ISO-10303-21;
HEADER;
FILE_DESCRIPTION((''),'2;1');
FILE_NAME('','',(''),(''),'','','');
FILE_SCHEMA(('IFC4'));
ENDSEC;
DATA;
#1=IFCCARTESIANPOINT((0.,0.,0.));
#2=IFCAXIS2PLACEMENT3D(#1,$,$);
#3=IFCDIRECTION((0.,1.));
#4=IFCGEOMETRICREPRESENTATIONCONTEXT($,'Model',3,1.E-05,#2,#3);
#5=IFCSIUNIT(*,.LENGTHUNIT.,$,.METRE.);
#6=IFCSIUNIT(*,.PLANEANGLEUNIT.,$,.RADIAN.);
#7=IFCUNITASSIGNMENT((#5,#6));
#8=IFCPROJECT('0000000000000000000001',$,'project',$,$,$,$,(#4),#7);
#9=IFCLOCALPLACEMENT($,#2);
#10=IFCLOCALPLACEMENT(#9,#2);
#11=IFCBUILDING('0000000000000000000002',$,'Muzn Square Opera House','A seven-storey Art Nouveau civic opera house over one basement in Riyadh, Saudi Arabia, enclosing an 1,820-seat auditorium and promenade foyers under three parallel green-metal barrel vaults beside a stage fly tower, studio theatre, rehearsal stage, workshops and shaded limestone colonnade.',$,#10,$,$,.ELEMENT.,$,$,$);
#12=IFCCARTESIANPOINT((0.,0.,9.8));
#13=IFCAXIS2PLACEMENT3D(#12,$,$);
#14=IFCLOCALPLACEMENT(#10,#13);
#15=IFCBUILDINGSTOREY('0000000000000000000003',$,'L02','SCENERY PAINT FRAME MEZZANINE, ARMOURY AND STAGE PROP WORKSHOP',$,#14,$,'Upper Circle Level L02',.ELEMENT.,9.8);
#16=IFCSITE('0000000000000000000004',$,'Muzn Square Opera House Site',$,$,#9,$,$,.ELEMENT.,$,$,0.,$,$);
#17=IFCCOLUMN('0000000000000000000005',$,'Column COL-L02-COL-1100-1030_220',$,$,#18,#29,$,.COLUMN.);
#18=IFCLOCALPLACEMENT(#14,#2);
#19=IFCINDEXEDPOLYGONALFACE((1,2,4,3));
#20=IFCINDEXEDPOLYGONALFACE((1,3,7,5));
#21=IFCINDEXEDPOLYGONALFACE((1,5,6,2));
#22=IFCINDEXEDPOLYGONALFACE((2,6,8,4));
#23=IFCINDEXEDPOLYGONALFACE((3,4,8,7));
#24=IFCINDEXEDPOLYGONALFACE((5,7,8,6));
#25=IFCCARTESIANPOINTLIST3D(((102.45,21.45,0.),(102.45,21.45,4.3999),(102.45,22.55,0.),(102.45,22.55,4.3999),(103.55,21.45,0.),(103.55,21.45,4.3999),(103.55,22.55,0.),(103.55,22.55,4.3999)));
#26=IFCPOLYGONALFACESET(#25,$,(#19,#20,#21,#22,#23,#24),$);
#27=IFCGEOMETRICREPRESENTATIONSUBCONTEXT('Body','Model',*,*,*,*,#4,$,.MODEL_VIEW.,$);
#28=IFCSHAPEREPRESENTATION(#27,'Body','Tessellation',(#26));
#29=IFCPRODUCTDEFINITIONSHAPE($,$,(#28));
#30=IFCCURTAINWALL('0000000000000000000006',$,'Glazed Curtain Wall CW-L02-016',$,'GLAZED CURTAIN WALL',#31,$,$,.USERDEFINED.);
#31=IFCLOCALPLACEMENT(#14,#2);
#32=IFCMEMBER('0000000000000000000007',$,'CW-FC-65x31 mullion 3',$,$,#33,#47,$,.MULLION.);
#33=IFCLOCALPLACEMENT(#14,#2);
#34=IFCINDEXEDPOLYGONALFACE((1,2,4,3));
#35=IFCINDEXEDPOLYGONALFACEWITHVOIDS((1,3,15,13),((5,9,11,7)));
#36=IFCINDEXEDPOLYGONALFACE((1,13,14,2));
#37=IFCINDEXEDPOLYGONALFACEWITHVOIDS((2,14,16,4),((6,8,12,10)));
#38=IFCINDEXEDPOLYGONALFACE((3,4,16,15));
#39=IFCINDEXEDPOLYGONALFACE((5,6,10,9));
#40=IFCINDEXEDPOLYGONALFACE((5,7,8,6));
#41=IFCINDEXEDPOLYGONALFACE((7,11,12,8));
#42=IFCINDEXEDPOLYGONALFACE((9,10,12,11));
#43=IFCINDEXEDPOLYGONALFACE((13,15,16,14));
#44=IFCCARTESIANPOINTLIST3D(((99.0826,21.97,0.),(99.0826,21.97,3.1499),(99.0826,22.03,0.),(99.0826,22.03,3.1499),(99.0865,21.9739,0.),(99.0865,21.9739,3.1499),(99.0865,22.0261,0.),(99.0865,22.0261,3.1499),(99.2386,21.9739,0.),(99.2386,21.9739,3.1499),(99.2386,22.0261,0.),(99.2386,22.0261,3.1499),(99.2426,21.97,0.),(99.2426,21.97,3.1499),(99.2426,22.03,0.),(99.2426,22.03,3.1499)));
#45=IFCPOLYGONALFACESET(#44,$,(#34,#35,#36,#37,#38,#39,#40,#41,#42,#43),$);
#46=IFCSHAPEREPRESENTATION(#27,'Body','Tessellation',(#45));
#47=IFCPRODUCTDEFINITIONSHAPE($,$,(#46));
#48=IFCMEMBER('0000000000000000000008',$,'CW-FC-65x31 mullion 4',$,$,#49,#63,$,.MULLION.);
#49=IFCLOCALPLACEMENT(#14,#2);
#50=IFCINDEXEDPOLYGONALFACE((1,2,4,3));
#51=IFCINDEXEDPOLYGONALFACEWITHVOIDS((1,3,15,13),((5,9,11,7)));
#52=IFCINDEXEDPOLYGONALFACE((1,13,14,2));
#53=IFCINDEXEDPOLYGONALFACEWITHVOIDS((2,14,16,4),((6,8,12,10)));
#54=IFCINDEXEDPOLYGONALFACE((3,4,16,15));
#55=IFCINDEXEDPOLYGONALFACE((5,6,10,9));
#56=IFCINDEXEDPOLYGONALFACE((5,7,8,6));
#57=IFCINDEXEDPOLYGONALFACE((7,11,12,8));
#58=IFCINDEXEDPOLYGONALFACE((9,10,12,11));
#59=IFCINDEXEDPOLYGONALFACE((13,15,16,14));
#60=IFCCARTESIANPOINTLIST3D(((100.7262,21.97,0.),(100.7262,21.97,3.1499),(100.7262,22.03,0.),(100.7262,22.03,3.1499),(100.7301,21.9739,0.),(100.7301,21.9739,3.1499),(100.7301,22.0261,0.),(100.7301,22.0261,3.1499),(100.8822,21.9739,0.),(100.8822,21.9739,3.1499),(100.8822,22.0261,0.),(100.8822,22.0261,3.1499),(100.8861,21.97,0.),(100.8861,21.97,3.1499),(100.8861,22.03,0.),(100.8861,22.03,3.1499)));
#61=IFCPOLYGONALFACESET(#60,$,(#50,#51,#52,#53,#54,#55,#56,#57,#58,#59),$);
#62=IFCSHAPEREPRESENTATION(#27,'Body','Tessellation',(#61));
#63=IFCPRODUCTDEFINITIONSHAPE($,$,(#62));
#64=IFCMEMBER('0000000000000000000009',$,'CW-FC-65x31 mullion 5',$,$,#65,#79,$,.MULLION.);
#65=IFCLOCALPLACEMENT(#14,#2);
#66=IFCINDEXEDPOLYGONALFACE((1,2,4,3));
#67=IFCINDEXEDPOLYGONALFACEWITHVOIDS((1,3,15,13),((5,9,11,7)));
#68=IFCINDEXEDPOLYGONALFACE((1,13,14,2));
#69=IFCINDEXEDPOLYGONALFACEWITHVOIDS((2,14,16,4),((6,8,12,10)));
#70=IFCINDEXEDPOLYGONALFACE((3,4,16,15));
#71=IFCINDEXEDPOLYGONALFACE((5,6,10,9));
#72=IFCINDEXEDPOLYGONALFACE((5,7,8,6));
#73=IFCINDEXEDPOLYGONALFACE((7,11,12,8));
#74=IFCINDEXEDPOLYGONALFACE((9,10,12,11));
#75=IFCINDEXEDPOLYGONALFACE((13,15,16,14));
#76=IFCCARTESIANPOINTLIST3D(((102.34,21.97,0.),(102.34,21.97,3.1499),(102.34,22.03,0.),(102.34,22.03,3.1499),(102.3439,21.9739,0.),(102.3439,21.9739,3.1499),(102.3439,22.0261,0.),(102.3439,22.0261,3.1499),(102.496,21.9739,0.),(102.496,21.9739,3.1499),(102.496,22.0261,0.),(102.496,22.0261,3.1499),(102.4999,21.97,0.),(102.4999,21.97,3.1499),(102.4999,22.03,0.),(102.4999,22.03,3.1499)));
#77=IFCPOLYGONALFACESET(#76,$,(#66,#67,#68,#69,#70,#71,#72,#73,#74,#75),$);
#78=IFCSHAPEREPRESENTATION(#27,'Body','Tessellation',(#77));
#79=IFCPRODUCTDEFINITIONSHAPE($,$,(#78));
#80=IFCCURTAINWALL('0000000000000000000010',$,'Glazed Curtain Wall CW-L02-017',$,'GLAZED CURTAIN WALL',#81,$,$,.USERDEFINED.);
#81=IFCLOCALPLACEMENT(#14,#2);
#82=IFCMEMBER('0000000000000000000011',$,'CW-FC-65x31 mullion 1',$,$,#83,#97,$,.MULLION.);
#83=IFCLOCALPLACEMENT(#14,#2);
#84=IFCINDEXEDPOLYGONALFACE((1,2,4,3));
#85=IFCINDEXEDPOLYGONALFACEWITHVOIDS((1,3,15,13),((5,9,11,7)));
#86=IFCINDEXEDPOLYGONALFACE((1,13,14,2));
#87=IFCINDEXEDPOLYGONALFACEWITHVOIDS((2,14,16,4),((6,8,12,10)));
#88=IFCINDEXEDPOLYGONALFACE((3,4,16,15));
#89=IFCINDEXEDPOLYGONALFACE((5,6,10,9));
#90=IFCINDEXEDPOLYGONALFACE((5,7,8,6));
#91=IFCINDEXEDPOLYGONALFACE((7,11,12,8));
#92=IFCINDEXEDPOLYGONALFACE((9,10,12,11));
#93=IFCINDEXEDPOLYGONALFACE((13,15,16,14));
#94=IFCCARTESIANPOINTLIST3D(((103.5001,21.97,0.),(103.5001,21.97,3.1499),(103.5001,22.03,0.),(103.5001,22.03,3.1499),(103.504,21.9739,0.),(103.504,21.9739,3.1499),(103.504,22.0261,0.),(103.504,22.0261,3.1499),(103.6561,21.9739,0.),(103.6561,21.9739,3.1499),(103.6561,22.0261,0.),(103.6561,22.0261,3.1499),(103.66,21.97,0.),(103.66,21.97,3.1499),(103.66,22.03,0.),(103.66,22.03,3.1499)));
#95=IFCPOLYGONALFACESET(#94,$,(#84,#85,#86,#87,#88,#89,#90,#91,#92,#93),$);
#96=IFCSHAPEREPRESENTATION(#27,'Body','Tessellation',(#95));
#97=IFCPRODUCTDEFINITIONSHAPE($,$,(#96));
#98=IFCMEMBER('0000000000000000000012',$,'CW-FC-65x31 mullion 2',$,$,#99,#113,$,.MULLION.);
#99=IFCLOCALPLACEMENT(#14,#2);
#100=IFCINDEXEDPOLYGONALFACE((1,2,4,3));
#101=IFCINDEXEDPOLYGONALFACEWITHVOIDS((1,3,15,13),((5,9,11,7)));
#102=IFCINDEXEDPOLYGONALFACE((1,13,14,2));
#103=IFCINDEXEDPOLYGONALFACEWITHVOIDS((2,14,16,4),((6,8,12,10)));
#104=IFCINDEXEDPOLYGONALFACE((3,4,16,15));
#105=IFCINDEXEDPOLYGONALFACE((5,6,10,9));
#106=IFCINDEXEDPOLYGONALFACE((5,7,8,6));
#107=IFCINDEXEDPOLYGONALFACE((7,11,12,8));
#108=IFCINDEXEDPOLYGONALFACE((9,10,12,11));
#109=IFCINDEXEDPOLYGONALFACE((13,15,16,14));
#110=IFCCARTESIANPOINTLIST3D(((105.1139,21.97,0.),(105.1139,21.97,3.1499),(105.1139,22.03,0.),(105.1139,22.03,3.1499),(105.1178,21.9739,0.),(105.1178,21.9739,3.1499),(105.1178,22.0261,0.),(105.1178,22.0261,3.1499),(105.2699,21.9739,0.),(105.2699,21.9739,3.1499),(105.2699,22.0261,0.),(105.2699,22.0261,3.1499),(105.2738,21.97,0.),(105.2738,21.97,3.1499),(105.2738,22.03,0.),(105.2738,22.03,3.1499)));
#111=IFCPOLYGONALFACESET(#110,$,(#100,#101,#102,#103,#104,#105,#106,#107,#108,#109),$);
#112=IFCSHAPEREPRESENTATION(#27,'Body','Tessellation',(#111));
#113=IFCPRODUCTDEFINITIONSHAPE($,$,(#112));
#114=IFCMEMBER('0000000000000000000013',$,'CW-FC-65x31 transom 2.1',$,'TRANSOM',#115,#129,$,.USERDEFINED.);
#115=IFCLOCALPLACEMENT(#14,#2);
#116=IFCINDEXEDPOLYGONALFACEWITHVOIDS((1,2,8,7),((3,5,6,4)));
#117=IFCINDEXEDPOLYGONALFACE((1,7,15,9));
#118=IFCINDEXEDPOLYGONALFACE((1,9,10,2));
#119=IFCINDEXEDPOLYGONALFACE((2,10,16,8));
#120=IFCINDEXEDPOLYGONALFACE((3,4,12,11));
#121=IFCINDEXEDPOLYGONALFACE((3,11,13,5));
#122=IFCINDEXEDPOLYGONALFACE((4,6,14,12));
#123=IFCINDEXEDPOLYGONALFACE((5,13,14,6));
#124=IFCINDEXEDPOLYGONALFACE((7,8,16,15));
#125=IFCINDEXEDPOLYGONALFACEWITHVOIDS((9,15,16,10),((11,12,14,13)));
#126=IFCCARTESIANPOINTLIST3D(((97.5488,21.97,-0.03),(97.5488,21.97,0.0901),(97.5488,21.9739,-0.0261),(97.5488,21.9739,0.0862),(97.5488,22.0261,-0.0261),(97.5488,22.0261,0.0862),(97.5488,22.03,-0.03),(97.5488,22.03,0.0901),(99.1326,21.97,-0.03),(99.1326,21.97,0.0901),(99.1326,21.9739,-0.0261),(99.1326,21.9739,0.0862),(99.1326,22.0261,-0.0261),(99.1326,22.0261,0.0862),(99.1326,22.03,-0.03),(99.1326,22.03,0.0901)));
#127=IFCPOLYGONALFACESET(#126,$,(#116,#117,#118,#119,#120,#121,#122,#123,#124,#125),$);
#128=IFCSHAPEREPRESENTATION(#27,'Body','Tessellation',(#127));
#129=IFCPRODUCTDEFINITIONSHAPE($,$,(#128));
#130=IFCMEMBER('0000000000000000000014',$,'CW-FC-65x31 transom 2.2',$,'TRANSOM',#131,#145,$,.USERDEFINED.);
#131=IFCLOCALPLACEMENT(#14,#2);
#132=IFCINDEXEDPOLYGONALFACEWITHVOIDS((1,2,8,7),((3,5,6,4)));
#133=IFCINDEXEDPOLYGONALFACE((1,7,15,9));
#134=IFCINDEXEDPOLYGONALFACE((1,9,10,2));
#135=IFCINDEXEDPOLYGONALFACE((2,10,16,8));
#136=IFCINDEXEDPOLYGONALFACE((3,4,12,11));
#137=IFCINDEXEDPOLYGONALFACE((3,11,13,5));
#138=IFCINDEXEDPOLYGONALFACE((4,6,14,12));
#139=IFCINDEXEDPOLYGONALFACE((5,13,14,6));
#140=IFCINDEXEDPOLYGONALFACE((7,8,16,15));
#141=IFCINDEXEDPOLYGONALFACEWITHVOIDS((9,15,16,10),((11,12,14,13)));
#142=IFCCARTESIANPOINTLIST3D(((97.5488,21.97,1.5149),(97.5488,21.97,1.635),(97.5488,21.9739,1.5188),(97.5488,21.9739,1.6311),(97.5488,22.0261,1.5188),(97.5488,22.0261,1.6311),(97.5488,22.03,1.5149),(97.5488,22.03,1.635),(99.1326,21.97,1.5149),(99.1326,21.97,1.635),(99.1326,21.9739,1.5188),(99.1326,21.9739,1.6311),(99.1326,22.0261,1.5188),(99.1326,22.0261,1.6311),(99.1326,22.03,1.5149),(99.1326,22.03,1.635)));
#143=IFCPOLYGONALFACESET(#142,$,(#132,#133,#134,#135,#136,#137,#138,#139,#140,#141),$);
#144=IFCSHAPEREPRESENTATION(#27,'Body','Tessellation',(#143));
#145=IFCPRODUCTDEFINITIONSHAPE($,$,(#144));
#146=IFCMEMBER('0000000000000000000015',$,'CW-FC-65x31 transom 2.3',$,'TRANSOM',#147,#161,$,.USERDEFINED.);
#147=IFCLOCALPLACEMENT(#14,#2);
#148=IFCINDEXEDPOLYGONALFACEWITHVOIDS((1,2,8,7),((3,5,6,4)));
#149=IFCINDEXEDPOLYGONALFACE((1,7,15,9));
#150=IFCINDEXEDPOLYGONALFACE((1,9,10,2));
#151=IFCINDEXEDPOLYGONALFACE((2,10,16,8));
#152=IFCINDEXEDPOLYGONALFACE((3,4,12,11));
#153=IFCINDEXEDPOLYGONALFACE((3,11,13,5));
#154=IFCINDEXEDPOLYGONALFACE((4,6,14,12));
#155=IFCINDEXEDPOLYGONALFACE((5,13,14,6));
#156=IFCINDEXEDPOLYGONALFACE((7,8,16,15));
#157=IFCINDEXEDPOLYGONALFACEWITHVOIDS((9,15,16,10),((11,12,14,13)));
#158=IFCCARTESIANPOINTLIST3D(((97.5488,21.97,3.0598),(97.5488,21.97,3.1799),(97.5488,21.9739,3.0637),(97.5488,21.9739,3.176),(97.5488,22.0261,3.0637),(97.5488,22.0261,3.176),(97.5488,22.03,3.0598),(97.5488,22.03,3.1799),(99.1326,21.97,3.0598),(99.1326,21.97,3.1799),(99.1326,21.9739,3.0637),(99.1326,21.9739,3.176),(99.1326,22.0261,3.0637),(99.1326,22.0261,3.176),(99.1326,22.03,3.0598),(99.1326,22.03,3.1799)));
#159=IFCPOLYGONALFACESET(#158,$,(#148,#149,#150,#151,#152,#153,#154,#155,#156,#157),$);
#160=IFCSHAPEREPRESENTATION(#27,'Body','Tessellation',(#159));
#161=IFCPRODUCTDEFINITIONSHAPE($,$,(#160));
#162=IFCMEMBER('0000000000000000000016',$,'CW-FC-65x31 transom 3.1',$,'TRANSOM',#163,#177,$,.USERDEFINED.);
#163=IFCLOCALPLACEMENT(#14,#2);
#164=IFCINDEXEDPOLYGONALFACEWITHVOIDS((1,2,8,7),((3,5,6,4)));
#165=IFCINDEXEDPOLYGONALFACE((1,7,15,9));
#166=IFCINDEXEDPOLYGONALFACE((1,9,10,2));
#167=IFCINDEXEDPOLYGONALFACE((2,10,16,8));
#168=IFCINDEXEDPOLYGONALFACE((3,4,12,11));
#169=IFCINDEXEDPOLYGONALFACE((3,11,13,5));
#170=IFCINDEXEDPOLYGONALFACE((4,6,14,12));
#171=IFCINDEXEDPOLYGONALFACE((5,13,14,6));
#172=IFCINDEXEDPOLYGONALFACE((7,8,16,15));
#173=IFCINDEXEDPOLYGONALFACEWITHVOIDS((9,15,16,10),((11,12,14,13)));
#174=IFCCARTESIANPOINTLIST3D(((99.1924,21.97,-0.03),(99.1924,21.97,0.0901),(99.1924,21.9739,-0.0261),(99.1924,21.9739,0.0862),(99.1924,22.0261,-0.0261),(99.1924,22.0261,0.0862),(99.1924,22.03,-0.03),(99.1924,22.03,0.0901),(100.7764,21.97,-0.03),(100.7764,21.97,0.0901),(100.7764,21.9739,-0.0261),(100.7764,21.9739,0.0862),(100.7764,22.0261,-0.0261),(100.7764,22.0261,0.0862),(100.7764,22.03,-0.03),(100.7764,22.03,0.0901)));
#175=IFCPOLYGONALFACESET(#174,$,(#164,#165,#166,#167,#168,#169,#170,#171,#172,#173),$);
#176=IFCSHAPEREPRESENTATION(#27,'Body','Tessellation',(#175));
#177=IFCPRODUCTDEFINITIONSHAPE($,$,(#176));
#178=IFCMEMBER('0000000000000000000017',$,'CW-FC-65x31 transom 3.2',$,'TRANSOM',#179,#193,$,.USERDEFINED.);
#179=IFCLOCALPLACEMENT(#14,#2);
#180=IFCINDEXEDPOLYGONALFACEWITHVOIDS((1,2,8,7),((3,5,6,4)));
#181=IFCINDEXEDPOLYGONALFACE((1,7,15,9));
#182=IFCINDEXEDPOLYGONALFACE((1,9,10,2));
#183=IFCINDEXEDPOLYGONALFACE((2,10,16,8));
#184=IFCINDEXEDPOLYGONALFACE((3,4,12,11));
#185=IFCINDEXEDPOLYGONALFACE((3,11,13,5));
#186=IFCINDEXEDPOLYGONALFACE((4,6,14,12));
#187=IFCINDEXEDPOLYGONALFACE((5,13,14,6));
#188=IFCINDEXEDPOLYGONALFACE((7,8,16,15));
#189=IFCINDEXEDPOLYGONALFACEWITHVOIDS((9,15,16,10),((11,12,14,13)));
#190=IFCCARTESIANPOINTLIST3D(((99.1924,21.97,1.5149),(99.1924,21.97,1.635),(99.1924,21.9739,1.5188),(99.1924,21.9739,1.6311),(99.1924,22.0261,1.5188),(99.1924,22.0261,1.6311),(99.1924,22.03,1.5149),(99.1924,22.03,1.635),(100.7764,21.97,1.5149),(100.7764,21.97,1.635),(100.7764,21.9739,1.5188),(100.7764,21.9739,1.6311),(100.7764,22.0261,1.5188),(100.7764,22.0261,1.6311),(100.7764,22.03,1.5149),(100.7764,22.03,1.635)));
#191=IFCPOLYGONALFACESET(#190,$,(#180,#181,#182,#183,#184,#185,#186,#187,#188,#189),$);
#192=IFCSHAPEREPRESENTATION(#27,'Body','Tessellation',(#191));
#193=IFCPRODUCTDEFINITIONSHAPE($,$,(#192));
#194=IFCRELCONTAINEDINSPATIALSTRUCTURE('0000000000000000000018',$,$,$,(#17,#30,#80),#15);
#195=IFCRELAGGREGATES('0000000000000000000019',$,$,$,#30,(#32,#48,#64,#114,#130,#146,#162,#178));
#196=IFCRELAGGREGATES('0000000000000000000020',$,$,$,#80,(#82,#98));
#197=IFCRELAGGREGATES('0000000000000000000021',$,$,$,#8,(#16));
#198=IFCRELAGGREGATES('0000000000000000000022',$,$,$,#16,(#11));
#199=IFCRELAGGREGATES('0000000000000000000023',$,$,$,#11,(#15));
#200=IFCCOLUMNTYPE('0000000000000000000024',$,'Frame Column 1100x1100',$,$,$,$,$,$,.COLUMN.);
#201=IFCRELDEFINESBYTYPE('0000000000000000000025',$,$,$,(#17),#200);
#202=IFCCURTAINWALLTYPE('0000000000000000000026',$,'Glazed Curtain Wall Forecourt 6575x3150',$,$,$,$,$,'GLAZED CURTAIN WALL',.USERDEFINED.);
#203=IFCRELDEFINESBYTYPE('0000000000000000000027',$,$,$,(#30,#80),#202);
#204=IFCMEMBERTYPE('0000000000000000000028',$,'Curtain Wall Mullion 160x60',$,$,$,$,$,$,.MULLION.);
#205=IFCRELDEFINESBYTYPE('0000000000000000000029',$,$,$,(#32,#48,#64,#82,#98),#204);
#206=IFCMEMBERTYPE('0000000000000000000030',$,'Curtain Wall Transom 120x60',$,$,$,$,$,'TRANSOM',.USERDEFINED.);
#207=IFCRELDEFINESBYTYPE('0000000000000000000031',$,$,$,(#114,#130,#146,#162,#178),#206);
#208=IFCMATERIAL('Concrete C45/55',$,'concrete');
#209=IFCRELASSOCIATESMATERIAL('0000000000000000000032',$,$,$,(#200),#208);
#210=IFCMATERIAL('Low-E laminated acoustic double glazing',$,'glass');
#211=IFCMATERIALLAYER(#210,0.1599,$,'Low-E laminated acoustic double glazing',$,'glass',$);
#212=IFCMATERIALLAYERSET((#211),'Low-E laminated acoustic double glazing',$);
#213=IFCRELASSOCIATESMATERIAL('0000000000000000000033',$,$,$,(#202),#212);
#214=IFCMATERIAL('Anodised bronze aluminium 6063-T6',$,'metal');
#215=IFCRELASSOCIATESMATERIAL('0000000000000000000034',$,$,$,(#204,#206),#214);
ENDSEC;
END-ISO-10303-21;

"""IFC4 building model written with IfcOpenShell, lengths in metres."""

from ifc_helpers import new_model, si_unit, direction, frame, origin, origin_2d, place, context, subcontext, project, spatial, rectangle, hollow_rectangle, extrude, material, layer, layer_set, material_profile, profile_set, type_object, element, aggregate, save


model = new_model("IFC4")

# Units and contexts
model_context = context("Model", 3, precision=1e-05, world=origin(), true_north=direction((0.0, 1.0)))
body_context = subcontext(model_context, "Body", "Model", "MODEL_VIEW")
ifc_project = project(units=[si_unit("LENGTHUNIT", "METRE"), si_unit("PLANEANGLEUNIT", "RADIAN")], contexts=[model_context])

# Site, building, storey
site_placement = place(None, origin())
site = spatial("IfcSite", under=ifc_project, at=site_placement, Name="Muzn Square Opera House Site", CompositionType="ELEMENT", RefElevation=0.0)
building_placement = place(site_placement, origin())
building = spatial("IfcBuilding", under=site, at=building_placement, Name="Muzn Square Opera House", Description="A seven-storey Art Nouveau civic opera house over one basement in Riyadh, Saudi Arabia, enclosing an 1,820-seat auditorium and promenade foyers under three parallel green-metal barrel vaults beside a stage fly tower, studio theatre, rehearsal stage, workshops and shaded limestone colonnade.", CompositionType="ELEMENT")
storey_placement = place(building_placement, frame((0.0, 0.0, 9.8)))
storey = spatial("IfcBuildingStorey", under=building, at=storey_placement, Name="L02", Description="SCENERY PAINT FRAME MEZZANINE, ARMOURY AND STAGE PROP WORKSHOP", LongName="Upper Circle Level L02", CompositionType="ELEMENT", Elevation=9.8)

# Column
ifc_material_1 = material(Name="Concrete C45/55", Category="concrete")
ifc_material_profile_1 = material_profile(ifc_material_1, rectangle(XDim=1.1001, YDim=1.1001, at=origin_2d()), Name="RC 1100x1100", Category="concrete")
ifc_profile_set_1 = profile_set([ifc_material_profile_1], Name="Concrete C45/55")
column_type = type_object("IfcColumnType", Name="Frame Column 1100x1100", PredefinedType="COLUMN", material=ifc_profile_set_1)
column_placement = place(storey_placement, frame((103.0, 22.0, 0.0), z_axis=(0.0, 0.0, 1.0), x_axis=(1.0, 0.0, 0.0)))
element("IfcColumn", 1, at=column_placement, inside=storey, type_object=column_type, Name="Column COL-L02-COL-1100-1030_220", PredefinedType="COLUMN", context=body_context, shape_type="SweptSolid", body=[
    extrude(rectangle(XDim=1.1001, YDim=1.1001, at=origin_2d()), origin(), (0.0, 0.0, 1.0), 4.3999),
])

# Curtain walls, members
ifc_material_2 = material(Name="Low-E laminated acoustic double glazing", Category="glass")
ifc_layer_1 = layer(ifc_material_2, 0.1599, Name="Low-E laminated acoustic double glazing", Category="glass")
ifc_layer_set_1 = layer_set([ifc_layer_1], Name="Low-E laminated acoustic double glazing")
curtain_wall_type = type_object("IfcCurtainWallType", Name="Glazed Curtain Wall Forecourt 6575x3150", ElementType="GLAZED CURTAIN WALL", PredefinedType="USERDEFINED", material=ifc_layer_set_1)
curtain_wall_1_placement = place(storey_placement, origin())
curtain_wall_1 = element("IfcCurtainWall", 2, at=curtain_wall_1_placement, inside=storey, type_object=curtain_wall_type, Name="Glazed Curtain Wall CW-L02-016", ObjectType="GLAZED CURTAIN WALL", PredefinedType="USERDEFINED")
ifc_material_3 = material(Name="Anodised bronze aluminium 6063-T6", Category="metal")
ifc_material_profile_2 = material_profile(ifc_material_3, hollow_rectangle(XDim=0.0601, YDim=0.1599, WallThickness=0.0039, at=origin_2d()), Name="ALU 160x60x4", Category="metal")
ifc_profile_set_2 = profile_set([ifc_material_profile_2], Name="Anodised bronze aluminium 6063-T6")
member_type_1 = type_object("IfcMemberType", Name="Curtain Wall Mullion 160x60", PredefinedType="MULLION", material=ifc_profile_set_2)
member_1_placement = place(storey_placement, frame((99.1626, 22.0, 0.0), z_axis=(0.0, 0.0, 1.0), x_axis=(0.0, 1.0, 0.0)))
member_1 = element("IfcMember", 3, at=member_1_placement, type_object=member_type_1, Name="CW-FC-65x31 mullion 3", PredefinedType="MULLION", context=body_context, shape_type="SweptSolid", body=[
    extrude(hollow_rectangle(XDim=0.0601, YDim=0.1599, WallThickness=0.0039, at=origin_2d()), origin(), (0.0, 0.0, 1.0), 3.1499),
])
member_2_placement = place(storey_placement, frame((100.8062, 22.0, 0.0), z_axis=(0.0, 0.0, 1.0), x_axis=(0.0, 1.0, 0.0)))
member_2 = element("IfcMember", 4, at=member_2_placement, type_object=member_type_1, Name="CW-FC-65x31 mullion 4", PredefinedType="MULLION", context=body_context, shape_type="SweptSolid", body=[
    extrude(hollow_rectangle(XDim=0.0601, YDim=0.1599, WallThickness=0.0039, at=origin_2d()), origin(), (0.0, 0.0, 1.0), 3.1499),
])
member_3_placement = place(storey_placement, frame((102.4199, 22.0, 0.0), z_axis=(0.0, 0.0, 1.0), x_axis=(0.0, 1.0, 0.0)))
member_3 = element("IfcMember", 5, at=member_3_placement, type_object=member_type_1, Name="CW-FC-65x31 mullion 5", PredefinedType="MULLION", context=body_context, shape_type="SweptSolid", body=[
    extrude(hollow_rectangle(XDim=0.0601, YDim=0.1599, WallThickness=0.0039, at=origin_2d()), origin(), (0.0, 0.0, 1.0), 3.1499),
])
curtain_wall_2_placement = place(storey_placement, origin())
curtain_wall_2 = element("IfcCurtainWall", 6, at=curtain_wall_2_placement, inside=storey, type_object=curtain_wall_type, Name="Glazed Curtain Wall CW-L02-017", ObjectType="GLAZED CURTAIN WALL", PredefinedType="USERDEFINED")
member_4_placement = place(storey_placement, frame((103.5801, 22.0, 0.0), z_axis=(0.0, 0.0, 1.0), x_axis=(0.0, 1.0, 0.0)))
member_4 = element("IfcMember", 7, at=member_4_placement, type_object=member_type_1, Name="CW-FC-65x31 mullion 1", PredefinedType="MULLION", context=body_context, shape_type="SweptSolid", body=[
    extrude(hollow_rectangle(XDim=0.0601, YDim=0.1599, WallThickness=0.0039, at=origin_2d()), origin(), (0.0, 0.0, 1.0), 3.1499),
])
member_5_placement = place(storey_placement, frame((105.1938, 22.0, 0.0), z_axis=(0.0, 0.0, 1.0), x_axis=(0.0, 1.0, 0.0)))
member_5 = element("IfcMember", 8, at=member_5_placement, type_object=member_type_1, Name="CW-FC-65x31 mullion 2", PredefinedType="MULLION", context=body_context, shape_type="SweptSolid", body=[
    extrude(hollow_rectangle(XDim=0.0601, YDim=0.1599, WallThickness=0.0039, at=origin_2d()), origin(), (0.0, 0.0, 1.0), 3.1499),
])

# Members
ifc_material_profile_3 = material_profile(ifc_material_3, hollow_rectangle(XDim=0.0601, YDim=0.1201, WallThickness=0.0039, at=origin_2d()), Name="ALU 120x60x4", Category="metal")
ifc_profile_set_3 = profile_set([ifc_material_profile_3], Name="Anodised bronze aluminium 6063-T6")
member_type_2 = type_object("IfcMemberType", Name="Curtain Wall Transom 120x60", ElementType="TRANSOM", PredefinedType="USERDEFINED", material=ifc_profile_set_3)
member_6_placement = place(storey_placement, frame((97.5488, 22.0, 0.03), z_axis=(1.0, 0.0, 0.0), x_axis=(0.0, 1.0, 0.0)))
member_6 = element("IfcMember", 9, at=member_6_placement, type_object=member_type_2, Name="CW-FC-65x31 transom 2.1", ObjectType="TRANSOM", PredefinedType="USERDEFINED", context=body_context, shape_type="SweptSolid", body=[
    extrude(hollow_rectangle(XDim=0.0601, YDim=0.1201, WallThickness=0.0039, at=origin_2d()), origin(), (0.0, 0.0, 1.0), 1.5837),
])
member_7_placement = place(storey_placement, frame((97.5488, 22.0, 1.575), z_axis=(1.0, 0.0, 0.0), x_axis=(0.0, 1.0, 0.0)))
member_7 = element("IfcMember", 10, at=member_7_placement, type_object=member_type_2, Name="CW-FC-65x31 transom 2.2", ObjectType="TRANSOM", PredefinedType="USERDEFINED", context=body_context, shape_type="SweptSolid", body=[
    extrude(hollow_rectangle(XDim=0.0601, YDim=0.1201, WallThickness=0.0039, at=origin_2d()), origin(), (0.0, 0.0, 1.0), 1.5837),
])
member_8_placement = place(storey_placement, frame((97.5488, 22.0, 3.1199), z_axis=(1.0, 0.0, 0.0), x_axis=(0.0, 1.0, 0.0)))
member_8 = element("IfcMember", 11, at=member_8_placement, type_object=member_type_2, Name="CW-FC-65x31 transom 2.3", ObjectType="TRANSOM", PredefinedType="USERDEFINED", context=body_context, shape_type="SweptSolid", body=[
    extrude(hollow_rectangle(XDim=0.0601, YDim=0.1201, WallThickness=0.0039, at=origin_2d()), origin(), (0.0, 0.0, 1.0), 1.5837),
])
member_9_placement = place(storey_placement, frame((99.1924, 22.0, 0.03), z_axis=(1.0, 0.0, 0.0), x_axis=(0.0, 1.0, 0.0)))
member_9 = element("IfcMember", 12, at=member_9_placement, type_object=member_type_2, Name="CW-FC-65x31 transom 3.1", ObjectType="TRANSOM", PredefinedType="USERDEFINED", context=body_context, shape_type="SweptSolid", body=[
    extrude(hollow_rectangle(XDim=0.0601, YDim=0.1201, WallThickness=0.0039, at=origin_2d()), origin(), (0.0, 0.0, 1.0), 1.584),
])
member_10_placement = place(storey_placement, frame((99.1924, 22.0, 1.575), z_axis=(1.0, 0.0, 0.0), x_axis=(0.0, 1.0, 0.0)))
member_10 = element("IfcMember", 13, at=member_10_placement, type_object=member_type_2, Name="CW-FC-65x31 transom 3.2", ObjectType="TRANSOM", PredefinedType="USERDEFINED", context=body_context, shape_type="SweptSolid", body=[
    extrude(hollow_rectangle(XDim=0.0601, YDim=0.1201, WallThickness=0.0039, at=origin_2d()), origin(), (0.0, 0.0, 1.0), 1.584),
])

aggregate(curtain_wall_1, [member_1, member_2, member_3, member_6, member_7, member_8, member_9, member_10])
aggregate(curtain_wall_2, [member_4, member_5])

save(model, "model.ifc")
